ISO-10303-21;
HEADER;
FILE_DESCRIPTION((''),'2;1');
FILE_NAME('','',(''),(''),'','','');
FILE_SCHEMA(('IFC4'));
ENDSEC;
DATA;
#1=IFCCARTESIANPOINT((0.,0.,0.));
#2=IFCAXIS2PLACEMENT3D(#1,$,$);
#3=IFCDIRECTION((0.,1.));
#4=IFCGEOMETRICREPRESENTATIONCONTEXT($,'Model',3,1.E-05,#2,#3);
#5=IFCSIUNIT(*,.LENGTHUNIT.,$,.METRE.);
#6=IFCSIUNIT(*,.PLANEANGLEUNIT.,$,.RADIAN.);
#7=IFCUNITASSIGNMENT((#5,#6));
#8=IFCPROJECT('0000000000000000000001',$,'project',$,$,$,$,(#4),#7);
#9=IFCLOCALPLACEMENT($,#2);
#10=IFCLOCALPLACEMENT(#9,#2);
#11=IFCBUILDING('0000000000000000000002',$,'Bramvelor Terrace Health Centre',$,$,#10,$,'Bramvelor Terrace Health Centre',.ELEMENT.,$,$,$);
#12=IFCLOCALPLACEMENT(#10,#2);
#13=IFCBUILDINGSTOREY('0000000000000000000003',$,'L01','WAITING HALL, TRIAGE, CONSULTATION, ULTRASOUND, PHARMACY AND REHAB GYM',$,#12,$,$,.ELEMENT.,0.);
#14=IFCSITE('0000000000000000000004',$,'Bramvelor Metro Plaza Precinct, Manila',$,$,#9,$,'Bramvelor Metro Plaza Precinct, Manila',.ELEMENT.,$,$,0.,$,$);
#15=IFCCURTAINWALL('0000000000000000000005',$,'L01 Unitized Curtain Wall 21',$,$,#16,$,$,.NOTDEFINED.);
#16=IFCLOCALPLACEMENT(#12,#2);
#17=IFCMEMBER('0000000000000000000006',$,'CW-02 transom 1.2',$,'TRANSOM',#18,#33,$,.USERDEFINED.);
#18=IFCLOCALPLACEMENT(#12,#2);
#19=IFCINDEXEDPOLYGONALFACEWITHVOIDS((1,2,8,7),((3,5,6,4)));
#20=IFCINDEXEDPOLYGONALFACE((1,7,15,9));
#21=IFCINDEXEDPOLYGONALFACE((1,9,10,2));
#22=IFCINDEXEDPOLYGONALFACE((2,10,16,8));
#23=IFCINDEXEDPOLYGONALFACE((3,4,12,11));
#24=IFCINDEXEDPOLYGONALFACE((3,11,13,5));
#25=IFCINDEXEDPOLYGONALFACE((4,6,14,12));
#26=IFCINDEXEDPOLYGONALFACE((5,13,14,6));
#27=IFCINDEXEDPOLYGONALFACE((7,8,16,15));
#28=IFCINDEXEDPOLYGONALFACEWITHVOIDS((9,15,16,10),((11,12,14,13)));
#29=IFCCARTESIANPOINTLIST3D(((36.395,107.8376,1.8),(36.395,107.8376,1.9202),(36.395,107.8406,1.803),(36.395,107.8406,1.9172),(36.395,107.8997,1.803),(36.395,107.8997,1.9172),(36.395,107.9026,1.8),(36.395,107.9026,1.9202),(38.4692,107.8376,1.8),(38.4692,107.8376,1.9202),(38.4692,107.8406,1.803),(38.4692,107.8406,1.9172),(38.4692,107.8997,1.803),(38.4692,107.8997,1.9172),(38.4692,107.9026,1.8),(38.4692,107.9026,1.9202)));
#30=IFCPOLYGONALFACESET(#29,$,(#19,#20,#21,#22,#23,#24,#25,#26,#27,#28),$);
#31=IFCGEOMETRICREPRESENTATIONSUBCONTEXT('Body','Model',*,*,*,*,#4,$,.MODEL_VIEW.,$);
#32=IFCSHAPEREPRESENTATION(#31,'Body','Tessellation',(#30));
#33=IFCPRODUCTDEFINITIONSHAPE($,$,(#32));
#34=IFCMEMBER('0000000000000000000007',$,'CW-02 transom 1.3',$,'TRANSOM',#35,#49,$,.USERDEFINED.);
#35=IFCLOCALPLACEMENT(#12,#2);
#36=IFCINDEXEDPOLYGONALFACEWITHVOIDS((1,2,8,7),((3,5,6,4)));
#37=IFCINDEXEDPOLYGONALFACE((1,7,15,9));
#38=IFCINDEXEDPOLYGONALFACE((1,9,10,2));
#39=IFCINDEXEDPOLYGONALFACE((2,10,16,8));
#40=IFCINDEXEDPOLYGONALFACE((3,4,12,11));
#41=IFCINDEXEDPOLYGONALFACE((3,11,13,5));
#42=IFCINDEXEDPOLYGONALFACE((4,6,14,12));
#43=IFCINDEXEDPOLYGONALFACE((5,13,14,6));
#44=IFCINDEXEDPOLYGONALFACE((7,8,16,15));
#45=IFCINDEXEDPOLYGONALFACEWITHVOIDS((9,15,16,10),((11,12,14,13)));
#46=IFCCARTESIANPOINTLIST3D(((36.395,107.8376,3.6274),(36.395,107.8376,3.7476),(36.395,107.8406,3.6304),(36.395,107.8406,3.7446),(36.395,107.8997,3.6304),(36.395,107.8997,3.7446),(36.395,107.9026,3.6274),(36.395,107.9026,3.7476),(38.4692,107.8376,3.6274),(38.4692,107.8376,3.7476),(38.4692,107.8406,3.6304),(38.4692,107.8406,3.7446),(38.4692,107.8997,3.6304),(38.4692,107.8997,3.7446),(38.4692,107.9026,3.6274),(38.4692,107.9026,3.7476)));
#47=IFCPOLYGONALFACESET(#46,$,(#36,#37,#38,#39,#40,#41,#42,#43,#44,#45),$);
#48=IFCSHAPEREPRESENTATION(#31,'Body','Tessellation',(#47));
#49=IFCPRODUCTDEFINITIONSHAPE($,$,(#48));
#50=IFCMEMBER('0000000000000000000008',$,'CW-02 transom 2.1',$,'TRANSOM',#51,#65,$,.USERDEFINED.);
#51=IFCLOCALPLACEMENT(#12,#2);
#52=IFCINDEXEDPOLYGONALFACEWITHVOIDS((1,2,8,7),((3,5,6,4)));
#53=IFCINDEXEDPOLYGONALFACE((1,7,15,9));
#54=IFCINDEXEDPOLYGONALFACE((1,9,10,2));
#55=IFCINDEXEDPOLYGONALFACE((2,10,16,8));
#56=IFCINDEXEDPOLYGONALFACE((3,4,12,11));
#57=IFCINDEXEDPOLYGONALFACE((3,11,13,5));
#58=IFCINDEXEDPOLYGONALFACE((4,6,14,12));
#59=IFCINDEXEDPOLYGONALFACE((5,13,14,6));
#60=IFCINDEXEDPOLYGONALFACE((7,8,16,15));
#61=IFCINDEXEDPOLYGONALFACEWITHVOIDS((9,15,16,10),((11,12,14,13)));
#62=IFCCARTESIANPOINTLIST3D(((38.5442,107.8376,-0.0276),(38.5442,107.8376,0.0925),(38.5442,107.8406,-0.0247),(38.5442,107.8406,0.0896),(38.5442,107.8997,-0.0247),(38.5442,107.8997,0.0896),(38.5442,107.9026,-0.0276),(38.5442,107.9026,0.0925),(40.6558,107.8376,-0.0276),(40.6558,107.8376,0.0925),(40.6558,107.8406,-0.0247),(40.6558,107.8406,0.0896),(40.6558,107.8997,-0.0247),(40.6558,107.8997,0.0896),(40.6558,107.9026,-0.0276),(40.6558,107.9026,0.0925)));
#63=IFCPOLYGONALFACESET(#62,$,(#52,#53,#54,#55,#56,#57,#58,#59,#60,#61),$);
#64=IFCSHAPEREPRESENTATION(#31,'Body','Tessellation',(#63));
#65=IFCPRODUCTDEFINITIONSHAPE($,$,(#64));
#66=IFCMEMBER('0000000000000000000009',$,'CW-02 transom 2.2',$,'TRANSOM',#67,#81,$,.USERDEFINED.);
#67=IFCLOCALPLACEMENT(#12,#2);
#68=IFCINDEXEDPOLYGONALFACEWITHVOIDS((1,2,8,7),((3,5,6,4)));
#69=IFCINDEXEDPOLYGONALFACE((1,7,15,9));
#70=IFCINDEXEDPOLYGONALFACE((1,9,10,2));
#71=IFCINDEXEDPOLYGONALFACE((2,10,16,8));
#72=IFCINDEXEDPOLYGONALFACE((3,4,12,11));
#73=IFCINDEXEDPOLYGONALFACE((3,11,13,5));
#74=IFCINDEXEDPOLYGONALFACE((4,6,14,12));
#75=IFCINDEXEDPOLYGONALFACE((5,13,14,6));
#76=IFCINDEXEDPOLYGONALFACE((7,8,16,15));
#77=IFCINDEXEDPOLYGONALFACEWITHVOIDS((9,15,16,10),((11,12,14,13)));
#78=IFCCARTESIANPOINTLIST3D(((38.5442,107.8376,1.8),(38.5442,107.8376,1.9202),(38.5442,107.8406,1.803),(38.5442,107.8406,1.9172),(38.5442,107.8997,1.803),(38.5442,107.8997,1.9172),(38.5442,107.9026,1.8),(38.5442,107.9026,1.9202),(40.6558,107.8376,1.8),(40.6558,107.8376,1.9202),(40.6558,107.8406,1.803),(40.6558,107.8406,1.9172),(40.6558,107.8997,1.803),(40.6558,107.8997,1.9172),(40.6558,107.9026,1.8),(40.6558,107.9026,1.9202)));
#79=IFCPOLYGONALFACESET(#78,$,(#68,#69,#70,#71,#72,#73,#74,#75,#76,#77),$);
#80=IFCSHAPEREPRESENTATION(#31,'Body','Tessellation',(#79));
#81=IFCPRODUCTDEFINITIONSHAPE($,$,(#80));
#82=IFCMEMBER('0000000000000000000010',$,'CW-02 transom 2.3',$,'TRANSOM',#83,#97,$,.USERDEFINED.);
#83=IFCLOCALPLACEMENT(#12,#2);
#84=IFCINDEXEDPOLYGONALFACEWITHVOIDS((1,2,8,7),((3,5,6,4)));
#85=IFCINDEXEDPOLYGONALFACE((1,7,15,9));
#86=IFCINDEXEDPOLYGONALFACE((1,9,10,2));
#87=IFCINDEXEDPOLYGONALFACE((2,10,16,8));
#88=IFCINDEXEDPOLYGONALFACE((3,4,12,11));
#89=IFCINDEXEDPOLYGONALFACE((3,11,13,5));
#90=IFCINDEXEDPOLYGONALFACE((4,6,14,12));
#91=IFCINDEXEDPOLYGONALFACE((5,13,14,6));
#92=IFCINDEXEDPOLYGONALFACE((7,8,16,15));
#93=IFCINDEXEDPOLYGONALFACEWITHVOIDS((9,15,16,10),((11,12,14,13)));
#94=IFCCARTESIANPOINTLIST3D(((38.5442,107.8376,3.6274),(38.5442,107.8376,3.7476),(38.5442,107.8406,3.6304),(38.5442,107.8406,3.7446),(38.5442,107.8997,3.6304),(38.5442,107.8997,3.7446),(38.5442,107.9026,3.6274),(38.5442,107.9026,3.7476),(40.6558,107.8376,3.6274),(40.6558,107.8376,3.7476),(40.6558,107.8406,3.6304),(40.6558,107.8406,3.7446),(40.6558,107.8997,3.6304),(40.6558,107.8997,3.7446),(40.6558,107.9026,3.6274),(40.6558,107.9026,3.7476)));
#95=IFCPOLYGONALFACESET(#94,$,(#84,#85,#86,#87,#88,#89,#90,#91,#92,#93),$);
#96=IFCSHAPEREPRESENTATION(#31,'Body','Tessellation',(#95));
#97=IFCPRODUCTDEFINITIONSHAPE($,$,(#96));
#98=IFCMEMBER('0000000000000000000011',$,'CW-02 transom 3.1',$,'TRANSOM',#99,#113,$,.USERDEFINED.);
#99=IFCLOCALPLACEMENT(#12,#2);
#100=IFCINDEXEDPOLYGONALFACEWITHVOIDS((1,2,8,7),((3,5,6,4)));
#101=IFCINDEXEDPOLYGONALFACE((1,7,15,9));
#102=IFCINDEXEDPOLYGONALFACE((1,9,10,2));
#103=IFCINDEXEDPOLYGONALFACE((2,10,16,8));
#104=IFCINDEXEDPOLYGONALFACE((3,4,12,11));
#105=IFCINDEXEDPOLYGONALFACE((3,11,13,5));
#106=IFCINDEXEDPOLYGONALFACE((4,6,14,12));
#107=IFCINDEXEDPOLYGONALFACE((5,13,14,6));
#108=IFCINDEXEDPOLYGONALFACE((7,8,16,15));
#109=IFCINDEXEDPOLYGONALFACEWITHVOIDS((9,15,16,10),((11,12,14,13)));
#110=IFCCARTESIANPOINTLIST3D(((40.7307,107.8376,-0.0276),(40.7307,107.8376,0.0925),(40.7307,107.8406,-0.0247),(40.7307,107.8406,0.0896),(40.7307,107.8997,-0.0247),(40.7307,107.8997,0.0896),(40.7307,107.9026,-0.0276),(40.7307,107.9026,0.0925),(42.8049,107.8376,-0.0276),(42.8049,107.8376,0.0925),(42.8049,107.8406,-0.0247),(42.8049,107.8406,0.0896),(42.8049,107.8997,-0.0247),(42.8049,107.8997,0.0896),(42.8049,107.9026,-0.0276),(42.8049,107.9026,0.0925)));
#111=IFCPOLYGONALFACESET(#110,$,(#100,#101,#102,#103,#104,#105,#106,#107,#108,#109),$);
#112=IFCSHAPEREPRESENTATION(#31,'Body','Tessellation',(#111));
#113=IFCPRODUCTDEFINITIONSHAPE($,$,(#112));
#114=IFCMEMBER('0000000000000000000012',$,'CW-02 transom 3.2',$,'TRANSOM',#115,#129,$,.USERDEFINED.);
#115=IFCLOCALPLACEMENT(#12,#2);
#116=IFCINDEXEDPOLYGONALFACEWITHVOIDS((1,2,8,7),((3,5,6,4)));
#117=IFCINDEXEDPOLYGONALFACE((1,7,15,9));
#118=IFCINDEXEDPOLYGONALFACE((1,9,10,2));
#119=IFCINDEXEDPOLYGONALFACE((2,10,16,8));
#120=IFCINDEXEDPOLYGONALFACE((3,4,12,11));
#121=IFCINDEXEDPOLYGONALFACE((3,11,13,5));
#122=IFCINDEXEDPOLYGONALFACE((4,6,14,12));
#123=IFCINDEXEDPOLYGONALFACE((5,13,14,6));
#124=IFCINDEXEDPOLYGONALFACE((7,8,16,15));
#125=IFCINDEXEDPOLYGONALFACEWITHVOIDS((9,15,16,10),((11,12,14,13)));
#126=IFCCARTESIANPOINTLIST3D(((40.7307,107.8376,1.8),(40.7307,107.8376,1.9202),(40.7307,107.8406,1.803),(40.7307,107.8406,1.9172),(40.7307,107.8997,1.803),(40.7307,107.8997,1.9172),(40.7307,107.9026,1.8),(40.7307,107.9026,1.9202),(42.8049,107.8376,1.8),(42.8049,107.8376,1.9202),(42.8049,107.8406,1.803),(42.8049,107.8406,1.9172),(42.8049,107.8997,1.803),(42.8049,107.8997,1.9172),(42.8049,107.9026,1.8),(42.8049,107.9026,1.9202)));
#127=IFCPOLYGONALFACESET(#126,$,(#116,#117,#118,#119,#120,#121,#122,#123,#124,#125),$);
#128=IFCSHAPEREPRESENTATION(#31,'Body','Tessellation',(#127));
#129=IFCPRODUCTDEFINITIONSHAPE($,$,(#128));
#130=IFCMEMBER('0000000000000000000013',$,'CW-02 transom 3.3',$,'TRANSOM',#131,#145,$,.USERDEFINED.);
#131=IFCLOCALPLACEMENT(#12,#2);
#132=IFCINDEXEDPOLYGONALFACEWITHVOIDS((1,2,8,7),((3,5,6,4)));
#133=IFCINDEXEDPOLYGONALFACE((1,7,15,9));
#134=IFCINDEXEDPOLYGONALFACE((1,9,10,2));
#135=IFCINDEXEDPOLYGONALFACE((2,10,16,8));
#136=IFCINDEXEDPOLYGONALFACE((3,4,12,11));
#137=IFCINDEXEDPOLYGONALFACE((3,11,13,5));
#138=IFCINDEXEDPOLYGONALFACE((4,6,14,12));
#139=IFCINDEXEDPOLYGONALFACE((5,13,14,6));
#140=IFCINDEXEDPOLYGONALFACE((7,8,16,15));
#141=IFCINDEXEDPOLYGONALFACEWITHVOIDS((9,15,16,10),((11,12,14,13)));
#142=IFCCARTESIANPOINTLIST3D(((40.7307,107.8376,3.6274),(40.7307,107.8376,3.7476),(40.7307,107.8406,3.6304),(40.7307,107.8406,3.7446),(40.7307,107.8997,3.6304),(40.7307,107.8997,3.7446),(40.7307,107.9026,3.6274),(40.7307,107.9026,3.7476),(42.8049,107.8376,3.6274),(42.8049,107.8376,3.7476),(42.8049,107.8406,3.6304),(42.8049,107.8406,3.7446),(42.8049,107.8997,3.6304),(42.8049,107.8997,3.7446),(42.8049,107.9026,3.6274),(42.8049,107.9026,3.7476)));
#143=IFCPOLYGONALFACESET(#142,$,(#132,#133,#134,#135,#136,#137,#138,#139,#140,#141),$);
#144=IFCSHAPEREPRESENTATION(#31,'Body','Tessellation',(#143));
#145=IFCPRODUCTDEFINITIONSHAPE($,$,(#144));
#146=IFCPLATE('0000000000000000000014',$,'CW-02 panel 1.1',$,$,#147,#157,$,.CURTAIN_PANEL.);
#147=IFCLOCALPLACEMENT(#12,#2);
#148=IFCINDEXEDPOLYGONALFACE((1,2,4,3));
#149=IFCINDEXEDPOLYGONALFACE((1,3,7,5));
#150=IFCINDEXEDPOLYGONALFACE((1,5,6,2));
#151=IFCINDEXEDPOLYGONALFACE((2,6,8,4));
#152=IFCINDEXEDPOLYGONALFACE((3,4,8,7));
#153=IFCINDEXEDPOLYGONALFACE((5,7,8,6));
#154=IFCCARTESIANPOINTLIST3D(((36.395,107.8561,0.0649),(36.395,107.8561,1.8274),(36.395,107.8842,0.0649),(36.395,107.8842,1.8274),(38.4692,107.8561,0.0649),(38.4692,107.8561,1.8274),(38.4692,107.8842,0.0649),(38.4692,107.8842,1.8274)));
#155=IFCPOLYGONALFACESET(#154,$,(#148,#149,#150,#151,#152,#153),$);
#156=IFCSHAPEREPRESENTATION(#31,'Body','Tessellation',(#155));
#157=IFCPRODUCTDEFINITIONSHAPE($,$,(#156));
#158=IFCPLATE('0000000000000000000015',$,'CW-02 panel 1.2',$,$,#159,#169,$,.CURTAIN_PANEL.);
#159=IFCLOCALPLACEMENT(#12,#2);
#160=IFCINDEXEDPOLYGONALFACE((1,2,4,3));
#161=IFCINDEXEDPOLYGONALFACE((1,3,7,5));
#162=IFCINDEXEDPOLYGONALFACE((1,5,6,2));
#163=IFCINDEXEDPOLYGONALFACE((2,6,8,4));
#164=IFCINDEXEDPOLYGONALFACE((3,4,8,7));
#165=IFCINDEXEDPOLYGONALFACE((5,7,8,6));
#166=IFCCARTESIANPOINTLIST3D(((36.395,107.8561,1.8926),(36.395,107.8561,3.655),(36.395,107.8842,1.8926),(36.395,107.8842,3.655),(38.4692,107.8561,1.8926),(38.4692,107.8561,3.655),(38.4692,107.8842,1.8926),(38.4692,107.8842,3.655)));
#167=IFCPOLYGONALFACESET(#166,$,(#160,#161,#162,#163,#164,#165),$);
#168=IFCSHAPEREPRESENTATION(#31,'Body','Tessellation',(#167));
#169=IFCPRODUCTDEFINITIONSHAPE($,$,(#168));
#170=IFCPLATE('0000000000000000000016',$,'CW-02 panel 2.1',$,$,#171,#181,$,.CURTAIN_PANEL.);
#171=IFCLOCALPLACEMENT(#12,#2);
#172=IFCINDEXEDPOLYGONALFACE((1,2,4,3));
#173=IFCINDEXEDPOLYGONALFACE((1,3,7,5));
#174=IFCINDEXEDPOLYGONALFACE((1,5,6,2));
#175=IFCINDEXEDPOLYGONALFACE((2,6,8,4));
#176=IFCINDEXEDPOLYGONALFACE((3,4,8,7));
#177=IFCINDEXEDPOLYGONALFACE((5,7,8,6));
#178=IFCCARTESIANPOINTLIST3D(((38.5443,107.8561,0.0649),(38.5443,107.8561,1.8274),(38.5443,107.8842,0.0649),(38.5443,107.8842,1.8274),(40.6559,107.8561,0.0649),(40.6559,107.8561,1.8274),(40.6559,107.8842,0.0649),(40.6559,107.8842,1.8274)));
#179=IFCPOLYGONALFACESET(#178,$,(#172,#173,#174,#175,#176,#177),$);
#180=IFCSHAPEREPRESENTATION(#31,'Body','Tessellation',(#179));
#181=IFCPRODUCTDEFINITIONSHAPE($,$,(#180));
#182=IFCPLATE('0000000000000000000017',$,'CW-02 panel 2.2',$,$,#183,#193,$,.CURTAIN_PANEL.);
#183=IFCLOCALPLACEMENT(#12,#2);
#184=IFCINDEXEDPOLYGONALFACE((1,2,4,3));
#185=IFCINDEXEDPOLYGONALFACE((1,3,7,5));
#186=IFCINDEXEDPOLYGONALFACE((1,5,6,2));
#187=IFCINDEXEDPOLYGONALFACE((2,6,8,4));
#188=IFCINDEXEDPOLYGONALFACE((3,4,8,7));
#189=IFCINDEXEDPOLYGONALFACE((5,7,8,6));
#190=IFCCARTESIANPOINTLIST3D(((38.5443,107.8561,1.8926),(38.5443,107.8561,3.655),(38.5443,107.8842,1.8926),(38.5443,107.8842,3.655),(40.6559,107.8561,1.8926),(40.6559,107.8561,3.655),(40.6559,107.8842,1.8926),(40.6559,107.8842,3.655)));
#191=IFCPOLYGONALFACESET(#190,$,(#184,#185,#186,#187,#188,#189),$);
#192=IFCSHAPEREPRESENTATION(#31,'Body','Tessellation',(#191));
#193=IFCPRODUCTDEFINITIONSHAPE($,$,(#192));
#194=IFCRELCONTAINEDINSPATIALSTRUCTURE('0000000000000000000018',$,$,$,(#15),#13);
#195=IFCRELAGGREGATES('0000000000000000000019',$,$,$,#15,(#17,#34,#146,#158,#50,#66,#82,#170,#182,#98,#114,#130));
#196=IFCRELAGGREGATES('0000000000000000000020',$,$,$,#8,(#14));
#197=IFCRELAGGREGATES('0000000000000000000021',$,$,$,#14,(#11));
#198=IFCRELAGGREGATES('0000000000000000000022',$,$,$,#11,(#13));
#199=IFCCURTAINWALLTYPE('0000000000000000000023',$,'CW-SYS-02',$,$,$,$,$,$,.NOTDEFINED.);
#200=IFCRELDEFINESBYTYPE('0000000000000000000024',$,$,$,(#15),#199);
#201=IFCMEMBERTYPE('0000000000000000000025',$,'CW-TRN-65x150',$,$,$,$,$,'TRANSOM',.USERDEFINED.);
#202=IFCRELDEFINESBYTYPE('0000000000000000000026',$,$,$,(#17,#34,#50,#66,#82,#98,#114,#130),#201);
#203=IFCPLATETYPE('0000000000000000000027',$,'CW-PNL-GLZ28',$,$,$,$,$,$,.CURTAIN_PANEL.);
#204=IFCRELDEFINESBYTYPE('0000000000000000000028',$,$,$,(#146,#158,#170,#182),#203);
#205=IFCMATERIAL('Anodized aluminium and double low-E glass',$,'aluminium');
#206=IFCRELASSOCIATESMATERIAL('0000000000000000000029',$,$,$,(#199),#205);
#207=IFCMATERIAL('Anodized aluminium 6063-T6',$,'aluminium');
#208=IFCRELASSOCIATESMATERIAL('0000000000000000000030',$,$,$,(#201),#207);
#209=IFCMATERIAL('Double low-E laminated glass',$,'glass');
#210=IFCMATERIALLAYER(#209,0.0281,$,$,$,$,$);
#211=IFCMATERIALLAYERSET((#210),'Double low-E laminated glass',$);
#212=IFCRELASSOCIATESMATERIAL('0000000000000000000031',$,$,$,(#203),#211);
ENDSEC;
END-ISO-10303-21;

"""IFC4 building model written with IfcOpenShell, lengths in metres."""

from ifc_helpers import new_model, si_unit, direction, frame, origin, origin_2d, place, context, subcontext, project, spatial, rectangle, hollow_rectangle, extrude, material, layer, layer_set, material_profile, profile_set, type_object, element, aggregate, save


model = new_model("IFC4")

# Units and contexts
model_context = context("Model", 3, precision=1e-05, world=origin(), true_north=direction((0.0, 1.0)))
body_context = subcontext(model_context, "Body", "Model", "MODEL_VIEW")
ifc_project = project(units=[si_unit("LENGTHUNIT", "METRE"), si_unit("PLANEANGLEUNIT", "RADIAN")], contexts=[model_context])

# Site, building, storey
site_placement = place(None, origin())
site = spatial("IfcSite", under=ifc_project, at=site_placement, Name="Bramvelor Metro Plaza Precinct, Manila", LongName="Bramvelor Metro Plaza Precinct, Manila", CompositionType="ELEMENT", RefElevation=0.0)
building_placement = place(site_placement, origin())
building = spatial("IfcBuilding", under=site, at=building_placement, Name="Bramvelor Terrace Health Centre", LongName="Bramvelor Terrace Health Centre", CompositionType="ELEMENT")
storey_placement = place(building_placement, origin())
storey = spatial("IfcBuildingStorey", under=building, at=storey_placement, Name="L01", Description="WAITING HALL, TRIAGE, CONSULTATION, ULTRASOUND, PHARMACY AND REHAB GYM", CompositionType="ELEMENT", Elevation=0.0)

# Curtain wall, members, plates
ifc_material_1 = material(Name="Anodized aluminium and double low-E glass", Category="aluminium")
curtain_wall_type = type_object("IfcCurtainWallType", Name="CW-SYS-02", PredefinedType="NOTDEFINED", material=ifc_material_1)
curtain_wall_placement = place(storey_placement, origin())
curtain_wall = element("IfcCurtainWall", 1, at=curtain_wall_placement, inside=storey, type_object=curtain_wall_type, Name="L01 Unitized Curtain Wall 21", PredefinedType="NOTDEFINED")
ifc_material_2 = material(Name="Anodized aluminium 6063-T6", Category="aluminium")
ifc_material_profile_1 = material_profile(ifc_material_2, hollow_rectangle(XDim=0.0649, YDim=0.1201, WallThickness=0.0029, at=origin_2d()), Name="ALU-TRN 65x120x3.0")
ifc_profile_set_1 = profile_set([ifc_material_profile_1], Name="Anodized aluminium 6063-T6")
member_type_1 = type_object("IfcMemberType", Name="CW-TRN-65x150", ElementType="TRANSOM", PredefinedType="USERDEFINED", material=ifc_profile_set_1)
member_1_placement = place(storey_placement, frame((36.395, 107.8701, 1.8601), z_axis=(1.0, 0.0, 0.0), x_axis=(0.0, 1.0, 0.0)))
member_1 = element("IfcMember", 2, at=member_1_placement, type_object=member_type_1, Name="CW-02 transom 1.2", ObjectType="TRANSOM", PredefinedType="USERDEFINED", context=body_context, shape_type="SweptSolid", body=[
    extrude(hollow_rectangle(XDim=0.0649, YDim=0.1201, WallThickness=0.0029, at=origin_2d()), origin(), (0.0, 0.0, 1.0), 2.0742),
])
member_2_placement = place(storey_placement, frame((36.395, 107.8701, 3.6875), z_axis=(1.0, 0.0, 0.0), x_axis=(0.0, 1.0, 0.0)))
member_2 = element("IfcMember", 3, at=member_2_placement, type_object=member_type_1, Name="CW-02 transom 1.3", ObjectType="TRANSOM", PredefinedType="USERDEFINED", context=body_context, shape_type="SweptSolid", body=[
    extrude(hollow_rectangle(XDim=0.0649, YDim=0.1201, WallThickness=0.0029, at=origin_2d()), origin(), (0.0, 0.0, 1.0), 2.0742),
])
member_3_placement = place(storey_placement, frame((38.5442, 107.8701, 0.0325), z_axis=(1.0, 0.0, 0.0), x_axis=(0.0, 1.0, 0.0)))
member_3 = element("IfcMember", 4, at=member_3_placement, type_object=member_type_1, Name="CW-02 transom 2.1", ObjectType="TRANSOM", PredefinedType="USERDEFINED", context=body_context, shape_type="SweptSolid", body=[
    extrude(hollow_rectangle(XDim=0.0649, YDim=0.1201, WallThickness=0.0029, at=origin_2d()), origin(), (0.0, 0.0, 1.0), 2.1116),
])
member_4_placement = place(storey_placement, frame((38.5442, 107.8701, 1.8601), z_axis=(1.0, 0.0, 0.0), x_axis=(0.0, 1.0, 0.0)))
member_4 = element("IfcMember", 5, at=member_4_placement, type_object=member_type_1, Name="CW-02 transom 2.2", ObjectType="TRANSOM", PredefinedType="USERDEFINED", context=body_context, shape_type="SweptSolid", body=[
    extrude(hollow_rectangle(XDim=0.0649, YDim=0.1201, WallThickness=0.0029, at=origin_2d()), origin(), (0.0, 0.0, 1.0), 2.1116),
])
member_5_placement = place(storey_placement, frame((38.5442, 107.8701, 3.6875), z_axis=(1.0, 0.0, 0.0), x_axis=(0.0, 1.0, 0.0)))
member_5 = element("IfcMember", 6, at=member_5_placement, type_object=member_type_1, Name="CW-02 transom 2.3", ObjectType="TRANSOM", PredefinedType="USERDEFINED", context=body_context, shape_type="SweptSolid", body=[
    extrude(hollow_rectangle(XDim=0.0649, YDim=0.1201, WallThickness=0.0029, at=origin_2d()), origin(), (0.0, 0.0, 1.0), 2.1116),
])
member_6_placement = place(storey_placement, frame((40.7307, 107.8701, 0.0325), z_axis=(1.0, 0.0, 0.0), x_axis=(0.0, 1.0, 0.0)))
member_6 = element("IfcMember", 7, at=member_6_placement, type_object=member_type_1, Name="CW-02 transom 3.1", ObjectType="TRANSOM", PredefinedType="USERDEFINED", context=body_context, shape_type="SweptSolid", body=[
    extrude(hollow_rectangle(XDim=0.0649, YDim=0.1201, WallThickness=0.0029, at=origin_2d()), origin(), (0.0, 0.0, 1.0), 2.0742),
])
member_7_placement = place(storey_placement, frame((40.7307, 107.8701, 1.8601), z_axis=(1.0, 0.0, 0.0), x_axis=(0.0, 1.0, 0.0)))
member_7 = element("IfcMember", 8, at=member_7_placement, type_object=member_type_1, Name="CW-02 transom 3.2", ObjectType="TRANSOM", PredefinedType="USERDEFINED", context=body_context, shape_type="SweptSolid", body=[
    extrude(hollow_rectangle(XDim=0.0649, YDim=0.1201, WallThickness=0.0029, at=origin_2d()), origin(), (0.0, 0.0, 1.0), 2.0742),
])
member_8_placement = place(storey_placement, frame((40.7307, 107.8701, 3.6875), z_axis=(1.0, 0.0, 0.0), x_axis=(0.0, 1.0, 0.0)))
member_8 = element("IfcMember", 9, at=member_8_placement, type_object=member_type_1, Name="CW-02 transom 3.3", ObjectType="TRANSOM", PredefinedType="USERDEFINED", context=body_context, shape_type="SweptSolid", body=[
    extrude(hollow_rectangle(XDim=0.0649, YDim=0.1201, WallThickness=0.0029, at=origin_2d()), origin(), (0.0, 0.0, 1.0), 2.0742),
])
ifc_material_3 = material(Name="Double low-E laminated glass", Category="glass")
ifc_layer = layer(ifc_material_3, 0.0281)
ifc_layer_set = layer_set([ifc_layer], Name="Double low-E laminated glass")
plate_type = type_object("IfcPlateType", Name="CW-PNL-GLZ28", PredefinedType="CURTAIN_PANEL", material=ifc_layer_set)
plate_1_placement = place(storey_placement, frame((37.4321, 107.8701, 0.0649), z_axis=(0.0, 0.0, 1.0), x_axis=(1.0, 0.0, 0.0)))
plate_1 = element("IfcPlate", 10, at=plate_1_placement, type_object=plate_type, Name="CW-02 panel 1.1", PredefinedType="CURTAIN_PANEL", context=body_context, shape_type="SweptSolid", body=[
    extrude(rectangle(XDim=2.0742, YDim=0.0281, at=origin_2d()), origin(), (0.0, 0.0, 1.0), 1.7625),
])
plate_2_placement = place(storey_placement, frame((37.4321, 107.8701, 1.8926), z_axis=(0.0, 0.0, 1.0), x_axis=(1.0, 0.0, 0.0)))
plate_2 = element("IfcPlate", 11, at=plate_2_placement, type_object=plate_type, Name="CW-02 panel 1.2", PredefinedType="CURTAIN_PANEL", context=body_context, shape_type="SweptSolid", body=[
    extrude(rectangle(XDim=2.0742, YDim=0.0281, at=origin_2d()), origin(), (0.0, 0.0, 1.0), 1.7625),
])
plate_3_placement = place(storey_placement, frame((39.6001, 107.8701, 0.0649), z_axis=(0.0, 0.0, 1.0), x_axis=(1.0, 0.0, 0.0)))
plate_3 = element("IfcPlate", 12, at=plate_3_placement, type_object=plate_type, Name="CW-02 panel 2.1", PredefinedType="CURTAIN_PANEL", context=body_context, shape_type="SweptSolid", body=[
    extrude(rectangle(XDim=2.1116, YDim=0.0281, at=origin_2d()), origin(), (0.0, 0.0, 1.0), 1.7625),
])
plate_4_placement = place(storey_placement, frame((39.6001, 107.8701, 1.8926), z_axis=(0.0, 0.0, 1.0), x_axis=(1.0, 0.0, 0.0)))
plate_4 = element("IfcPlate", 13, at=plate_4_placement, type_object=plate_type, Name="CW-02 panel 2.2", PredefinedType="CURTAIN_PANEL", context=body_context, shape_type="SweptSolid", body=[
    extrude(rectangle(XDim=2.1116, YDim=0.0281, at=origin_2d()), origin(), (0.0, 0.0, 1.0), 1.7625),
])
aggregate(curtain_wall, [member_1, member_2, plate_1, plate_2, member_3, member_4, member_5, plate_3, plate_4, member_6, member_7, member_8])

save(model, "model.ifc")
